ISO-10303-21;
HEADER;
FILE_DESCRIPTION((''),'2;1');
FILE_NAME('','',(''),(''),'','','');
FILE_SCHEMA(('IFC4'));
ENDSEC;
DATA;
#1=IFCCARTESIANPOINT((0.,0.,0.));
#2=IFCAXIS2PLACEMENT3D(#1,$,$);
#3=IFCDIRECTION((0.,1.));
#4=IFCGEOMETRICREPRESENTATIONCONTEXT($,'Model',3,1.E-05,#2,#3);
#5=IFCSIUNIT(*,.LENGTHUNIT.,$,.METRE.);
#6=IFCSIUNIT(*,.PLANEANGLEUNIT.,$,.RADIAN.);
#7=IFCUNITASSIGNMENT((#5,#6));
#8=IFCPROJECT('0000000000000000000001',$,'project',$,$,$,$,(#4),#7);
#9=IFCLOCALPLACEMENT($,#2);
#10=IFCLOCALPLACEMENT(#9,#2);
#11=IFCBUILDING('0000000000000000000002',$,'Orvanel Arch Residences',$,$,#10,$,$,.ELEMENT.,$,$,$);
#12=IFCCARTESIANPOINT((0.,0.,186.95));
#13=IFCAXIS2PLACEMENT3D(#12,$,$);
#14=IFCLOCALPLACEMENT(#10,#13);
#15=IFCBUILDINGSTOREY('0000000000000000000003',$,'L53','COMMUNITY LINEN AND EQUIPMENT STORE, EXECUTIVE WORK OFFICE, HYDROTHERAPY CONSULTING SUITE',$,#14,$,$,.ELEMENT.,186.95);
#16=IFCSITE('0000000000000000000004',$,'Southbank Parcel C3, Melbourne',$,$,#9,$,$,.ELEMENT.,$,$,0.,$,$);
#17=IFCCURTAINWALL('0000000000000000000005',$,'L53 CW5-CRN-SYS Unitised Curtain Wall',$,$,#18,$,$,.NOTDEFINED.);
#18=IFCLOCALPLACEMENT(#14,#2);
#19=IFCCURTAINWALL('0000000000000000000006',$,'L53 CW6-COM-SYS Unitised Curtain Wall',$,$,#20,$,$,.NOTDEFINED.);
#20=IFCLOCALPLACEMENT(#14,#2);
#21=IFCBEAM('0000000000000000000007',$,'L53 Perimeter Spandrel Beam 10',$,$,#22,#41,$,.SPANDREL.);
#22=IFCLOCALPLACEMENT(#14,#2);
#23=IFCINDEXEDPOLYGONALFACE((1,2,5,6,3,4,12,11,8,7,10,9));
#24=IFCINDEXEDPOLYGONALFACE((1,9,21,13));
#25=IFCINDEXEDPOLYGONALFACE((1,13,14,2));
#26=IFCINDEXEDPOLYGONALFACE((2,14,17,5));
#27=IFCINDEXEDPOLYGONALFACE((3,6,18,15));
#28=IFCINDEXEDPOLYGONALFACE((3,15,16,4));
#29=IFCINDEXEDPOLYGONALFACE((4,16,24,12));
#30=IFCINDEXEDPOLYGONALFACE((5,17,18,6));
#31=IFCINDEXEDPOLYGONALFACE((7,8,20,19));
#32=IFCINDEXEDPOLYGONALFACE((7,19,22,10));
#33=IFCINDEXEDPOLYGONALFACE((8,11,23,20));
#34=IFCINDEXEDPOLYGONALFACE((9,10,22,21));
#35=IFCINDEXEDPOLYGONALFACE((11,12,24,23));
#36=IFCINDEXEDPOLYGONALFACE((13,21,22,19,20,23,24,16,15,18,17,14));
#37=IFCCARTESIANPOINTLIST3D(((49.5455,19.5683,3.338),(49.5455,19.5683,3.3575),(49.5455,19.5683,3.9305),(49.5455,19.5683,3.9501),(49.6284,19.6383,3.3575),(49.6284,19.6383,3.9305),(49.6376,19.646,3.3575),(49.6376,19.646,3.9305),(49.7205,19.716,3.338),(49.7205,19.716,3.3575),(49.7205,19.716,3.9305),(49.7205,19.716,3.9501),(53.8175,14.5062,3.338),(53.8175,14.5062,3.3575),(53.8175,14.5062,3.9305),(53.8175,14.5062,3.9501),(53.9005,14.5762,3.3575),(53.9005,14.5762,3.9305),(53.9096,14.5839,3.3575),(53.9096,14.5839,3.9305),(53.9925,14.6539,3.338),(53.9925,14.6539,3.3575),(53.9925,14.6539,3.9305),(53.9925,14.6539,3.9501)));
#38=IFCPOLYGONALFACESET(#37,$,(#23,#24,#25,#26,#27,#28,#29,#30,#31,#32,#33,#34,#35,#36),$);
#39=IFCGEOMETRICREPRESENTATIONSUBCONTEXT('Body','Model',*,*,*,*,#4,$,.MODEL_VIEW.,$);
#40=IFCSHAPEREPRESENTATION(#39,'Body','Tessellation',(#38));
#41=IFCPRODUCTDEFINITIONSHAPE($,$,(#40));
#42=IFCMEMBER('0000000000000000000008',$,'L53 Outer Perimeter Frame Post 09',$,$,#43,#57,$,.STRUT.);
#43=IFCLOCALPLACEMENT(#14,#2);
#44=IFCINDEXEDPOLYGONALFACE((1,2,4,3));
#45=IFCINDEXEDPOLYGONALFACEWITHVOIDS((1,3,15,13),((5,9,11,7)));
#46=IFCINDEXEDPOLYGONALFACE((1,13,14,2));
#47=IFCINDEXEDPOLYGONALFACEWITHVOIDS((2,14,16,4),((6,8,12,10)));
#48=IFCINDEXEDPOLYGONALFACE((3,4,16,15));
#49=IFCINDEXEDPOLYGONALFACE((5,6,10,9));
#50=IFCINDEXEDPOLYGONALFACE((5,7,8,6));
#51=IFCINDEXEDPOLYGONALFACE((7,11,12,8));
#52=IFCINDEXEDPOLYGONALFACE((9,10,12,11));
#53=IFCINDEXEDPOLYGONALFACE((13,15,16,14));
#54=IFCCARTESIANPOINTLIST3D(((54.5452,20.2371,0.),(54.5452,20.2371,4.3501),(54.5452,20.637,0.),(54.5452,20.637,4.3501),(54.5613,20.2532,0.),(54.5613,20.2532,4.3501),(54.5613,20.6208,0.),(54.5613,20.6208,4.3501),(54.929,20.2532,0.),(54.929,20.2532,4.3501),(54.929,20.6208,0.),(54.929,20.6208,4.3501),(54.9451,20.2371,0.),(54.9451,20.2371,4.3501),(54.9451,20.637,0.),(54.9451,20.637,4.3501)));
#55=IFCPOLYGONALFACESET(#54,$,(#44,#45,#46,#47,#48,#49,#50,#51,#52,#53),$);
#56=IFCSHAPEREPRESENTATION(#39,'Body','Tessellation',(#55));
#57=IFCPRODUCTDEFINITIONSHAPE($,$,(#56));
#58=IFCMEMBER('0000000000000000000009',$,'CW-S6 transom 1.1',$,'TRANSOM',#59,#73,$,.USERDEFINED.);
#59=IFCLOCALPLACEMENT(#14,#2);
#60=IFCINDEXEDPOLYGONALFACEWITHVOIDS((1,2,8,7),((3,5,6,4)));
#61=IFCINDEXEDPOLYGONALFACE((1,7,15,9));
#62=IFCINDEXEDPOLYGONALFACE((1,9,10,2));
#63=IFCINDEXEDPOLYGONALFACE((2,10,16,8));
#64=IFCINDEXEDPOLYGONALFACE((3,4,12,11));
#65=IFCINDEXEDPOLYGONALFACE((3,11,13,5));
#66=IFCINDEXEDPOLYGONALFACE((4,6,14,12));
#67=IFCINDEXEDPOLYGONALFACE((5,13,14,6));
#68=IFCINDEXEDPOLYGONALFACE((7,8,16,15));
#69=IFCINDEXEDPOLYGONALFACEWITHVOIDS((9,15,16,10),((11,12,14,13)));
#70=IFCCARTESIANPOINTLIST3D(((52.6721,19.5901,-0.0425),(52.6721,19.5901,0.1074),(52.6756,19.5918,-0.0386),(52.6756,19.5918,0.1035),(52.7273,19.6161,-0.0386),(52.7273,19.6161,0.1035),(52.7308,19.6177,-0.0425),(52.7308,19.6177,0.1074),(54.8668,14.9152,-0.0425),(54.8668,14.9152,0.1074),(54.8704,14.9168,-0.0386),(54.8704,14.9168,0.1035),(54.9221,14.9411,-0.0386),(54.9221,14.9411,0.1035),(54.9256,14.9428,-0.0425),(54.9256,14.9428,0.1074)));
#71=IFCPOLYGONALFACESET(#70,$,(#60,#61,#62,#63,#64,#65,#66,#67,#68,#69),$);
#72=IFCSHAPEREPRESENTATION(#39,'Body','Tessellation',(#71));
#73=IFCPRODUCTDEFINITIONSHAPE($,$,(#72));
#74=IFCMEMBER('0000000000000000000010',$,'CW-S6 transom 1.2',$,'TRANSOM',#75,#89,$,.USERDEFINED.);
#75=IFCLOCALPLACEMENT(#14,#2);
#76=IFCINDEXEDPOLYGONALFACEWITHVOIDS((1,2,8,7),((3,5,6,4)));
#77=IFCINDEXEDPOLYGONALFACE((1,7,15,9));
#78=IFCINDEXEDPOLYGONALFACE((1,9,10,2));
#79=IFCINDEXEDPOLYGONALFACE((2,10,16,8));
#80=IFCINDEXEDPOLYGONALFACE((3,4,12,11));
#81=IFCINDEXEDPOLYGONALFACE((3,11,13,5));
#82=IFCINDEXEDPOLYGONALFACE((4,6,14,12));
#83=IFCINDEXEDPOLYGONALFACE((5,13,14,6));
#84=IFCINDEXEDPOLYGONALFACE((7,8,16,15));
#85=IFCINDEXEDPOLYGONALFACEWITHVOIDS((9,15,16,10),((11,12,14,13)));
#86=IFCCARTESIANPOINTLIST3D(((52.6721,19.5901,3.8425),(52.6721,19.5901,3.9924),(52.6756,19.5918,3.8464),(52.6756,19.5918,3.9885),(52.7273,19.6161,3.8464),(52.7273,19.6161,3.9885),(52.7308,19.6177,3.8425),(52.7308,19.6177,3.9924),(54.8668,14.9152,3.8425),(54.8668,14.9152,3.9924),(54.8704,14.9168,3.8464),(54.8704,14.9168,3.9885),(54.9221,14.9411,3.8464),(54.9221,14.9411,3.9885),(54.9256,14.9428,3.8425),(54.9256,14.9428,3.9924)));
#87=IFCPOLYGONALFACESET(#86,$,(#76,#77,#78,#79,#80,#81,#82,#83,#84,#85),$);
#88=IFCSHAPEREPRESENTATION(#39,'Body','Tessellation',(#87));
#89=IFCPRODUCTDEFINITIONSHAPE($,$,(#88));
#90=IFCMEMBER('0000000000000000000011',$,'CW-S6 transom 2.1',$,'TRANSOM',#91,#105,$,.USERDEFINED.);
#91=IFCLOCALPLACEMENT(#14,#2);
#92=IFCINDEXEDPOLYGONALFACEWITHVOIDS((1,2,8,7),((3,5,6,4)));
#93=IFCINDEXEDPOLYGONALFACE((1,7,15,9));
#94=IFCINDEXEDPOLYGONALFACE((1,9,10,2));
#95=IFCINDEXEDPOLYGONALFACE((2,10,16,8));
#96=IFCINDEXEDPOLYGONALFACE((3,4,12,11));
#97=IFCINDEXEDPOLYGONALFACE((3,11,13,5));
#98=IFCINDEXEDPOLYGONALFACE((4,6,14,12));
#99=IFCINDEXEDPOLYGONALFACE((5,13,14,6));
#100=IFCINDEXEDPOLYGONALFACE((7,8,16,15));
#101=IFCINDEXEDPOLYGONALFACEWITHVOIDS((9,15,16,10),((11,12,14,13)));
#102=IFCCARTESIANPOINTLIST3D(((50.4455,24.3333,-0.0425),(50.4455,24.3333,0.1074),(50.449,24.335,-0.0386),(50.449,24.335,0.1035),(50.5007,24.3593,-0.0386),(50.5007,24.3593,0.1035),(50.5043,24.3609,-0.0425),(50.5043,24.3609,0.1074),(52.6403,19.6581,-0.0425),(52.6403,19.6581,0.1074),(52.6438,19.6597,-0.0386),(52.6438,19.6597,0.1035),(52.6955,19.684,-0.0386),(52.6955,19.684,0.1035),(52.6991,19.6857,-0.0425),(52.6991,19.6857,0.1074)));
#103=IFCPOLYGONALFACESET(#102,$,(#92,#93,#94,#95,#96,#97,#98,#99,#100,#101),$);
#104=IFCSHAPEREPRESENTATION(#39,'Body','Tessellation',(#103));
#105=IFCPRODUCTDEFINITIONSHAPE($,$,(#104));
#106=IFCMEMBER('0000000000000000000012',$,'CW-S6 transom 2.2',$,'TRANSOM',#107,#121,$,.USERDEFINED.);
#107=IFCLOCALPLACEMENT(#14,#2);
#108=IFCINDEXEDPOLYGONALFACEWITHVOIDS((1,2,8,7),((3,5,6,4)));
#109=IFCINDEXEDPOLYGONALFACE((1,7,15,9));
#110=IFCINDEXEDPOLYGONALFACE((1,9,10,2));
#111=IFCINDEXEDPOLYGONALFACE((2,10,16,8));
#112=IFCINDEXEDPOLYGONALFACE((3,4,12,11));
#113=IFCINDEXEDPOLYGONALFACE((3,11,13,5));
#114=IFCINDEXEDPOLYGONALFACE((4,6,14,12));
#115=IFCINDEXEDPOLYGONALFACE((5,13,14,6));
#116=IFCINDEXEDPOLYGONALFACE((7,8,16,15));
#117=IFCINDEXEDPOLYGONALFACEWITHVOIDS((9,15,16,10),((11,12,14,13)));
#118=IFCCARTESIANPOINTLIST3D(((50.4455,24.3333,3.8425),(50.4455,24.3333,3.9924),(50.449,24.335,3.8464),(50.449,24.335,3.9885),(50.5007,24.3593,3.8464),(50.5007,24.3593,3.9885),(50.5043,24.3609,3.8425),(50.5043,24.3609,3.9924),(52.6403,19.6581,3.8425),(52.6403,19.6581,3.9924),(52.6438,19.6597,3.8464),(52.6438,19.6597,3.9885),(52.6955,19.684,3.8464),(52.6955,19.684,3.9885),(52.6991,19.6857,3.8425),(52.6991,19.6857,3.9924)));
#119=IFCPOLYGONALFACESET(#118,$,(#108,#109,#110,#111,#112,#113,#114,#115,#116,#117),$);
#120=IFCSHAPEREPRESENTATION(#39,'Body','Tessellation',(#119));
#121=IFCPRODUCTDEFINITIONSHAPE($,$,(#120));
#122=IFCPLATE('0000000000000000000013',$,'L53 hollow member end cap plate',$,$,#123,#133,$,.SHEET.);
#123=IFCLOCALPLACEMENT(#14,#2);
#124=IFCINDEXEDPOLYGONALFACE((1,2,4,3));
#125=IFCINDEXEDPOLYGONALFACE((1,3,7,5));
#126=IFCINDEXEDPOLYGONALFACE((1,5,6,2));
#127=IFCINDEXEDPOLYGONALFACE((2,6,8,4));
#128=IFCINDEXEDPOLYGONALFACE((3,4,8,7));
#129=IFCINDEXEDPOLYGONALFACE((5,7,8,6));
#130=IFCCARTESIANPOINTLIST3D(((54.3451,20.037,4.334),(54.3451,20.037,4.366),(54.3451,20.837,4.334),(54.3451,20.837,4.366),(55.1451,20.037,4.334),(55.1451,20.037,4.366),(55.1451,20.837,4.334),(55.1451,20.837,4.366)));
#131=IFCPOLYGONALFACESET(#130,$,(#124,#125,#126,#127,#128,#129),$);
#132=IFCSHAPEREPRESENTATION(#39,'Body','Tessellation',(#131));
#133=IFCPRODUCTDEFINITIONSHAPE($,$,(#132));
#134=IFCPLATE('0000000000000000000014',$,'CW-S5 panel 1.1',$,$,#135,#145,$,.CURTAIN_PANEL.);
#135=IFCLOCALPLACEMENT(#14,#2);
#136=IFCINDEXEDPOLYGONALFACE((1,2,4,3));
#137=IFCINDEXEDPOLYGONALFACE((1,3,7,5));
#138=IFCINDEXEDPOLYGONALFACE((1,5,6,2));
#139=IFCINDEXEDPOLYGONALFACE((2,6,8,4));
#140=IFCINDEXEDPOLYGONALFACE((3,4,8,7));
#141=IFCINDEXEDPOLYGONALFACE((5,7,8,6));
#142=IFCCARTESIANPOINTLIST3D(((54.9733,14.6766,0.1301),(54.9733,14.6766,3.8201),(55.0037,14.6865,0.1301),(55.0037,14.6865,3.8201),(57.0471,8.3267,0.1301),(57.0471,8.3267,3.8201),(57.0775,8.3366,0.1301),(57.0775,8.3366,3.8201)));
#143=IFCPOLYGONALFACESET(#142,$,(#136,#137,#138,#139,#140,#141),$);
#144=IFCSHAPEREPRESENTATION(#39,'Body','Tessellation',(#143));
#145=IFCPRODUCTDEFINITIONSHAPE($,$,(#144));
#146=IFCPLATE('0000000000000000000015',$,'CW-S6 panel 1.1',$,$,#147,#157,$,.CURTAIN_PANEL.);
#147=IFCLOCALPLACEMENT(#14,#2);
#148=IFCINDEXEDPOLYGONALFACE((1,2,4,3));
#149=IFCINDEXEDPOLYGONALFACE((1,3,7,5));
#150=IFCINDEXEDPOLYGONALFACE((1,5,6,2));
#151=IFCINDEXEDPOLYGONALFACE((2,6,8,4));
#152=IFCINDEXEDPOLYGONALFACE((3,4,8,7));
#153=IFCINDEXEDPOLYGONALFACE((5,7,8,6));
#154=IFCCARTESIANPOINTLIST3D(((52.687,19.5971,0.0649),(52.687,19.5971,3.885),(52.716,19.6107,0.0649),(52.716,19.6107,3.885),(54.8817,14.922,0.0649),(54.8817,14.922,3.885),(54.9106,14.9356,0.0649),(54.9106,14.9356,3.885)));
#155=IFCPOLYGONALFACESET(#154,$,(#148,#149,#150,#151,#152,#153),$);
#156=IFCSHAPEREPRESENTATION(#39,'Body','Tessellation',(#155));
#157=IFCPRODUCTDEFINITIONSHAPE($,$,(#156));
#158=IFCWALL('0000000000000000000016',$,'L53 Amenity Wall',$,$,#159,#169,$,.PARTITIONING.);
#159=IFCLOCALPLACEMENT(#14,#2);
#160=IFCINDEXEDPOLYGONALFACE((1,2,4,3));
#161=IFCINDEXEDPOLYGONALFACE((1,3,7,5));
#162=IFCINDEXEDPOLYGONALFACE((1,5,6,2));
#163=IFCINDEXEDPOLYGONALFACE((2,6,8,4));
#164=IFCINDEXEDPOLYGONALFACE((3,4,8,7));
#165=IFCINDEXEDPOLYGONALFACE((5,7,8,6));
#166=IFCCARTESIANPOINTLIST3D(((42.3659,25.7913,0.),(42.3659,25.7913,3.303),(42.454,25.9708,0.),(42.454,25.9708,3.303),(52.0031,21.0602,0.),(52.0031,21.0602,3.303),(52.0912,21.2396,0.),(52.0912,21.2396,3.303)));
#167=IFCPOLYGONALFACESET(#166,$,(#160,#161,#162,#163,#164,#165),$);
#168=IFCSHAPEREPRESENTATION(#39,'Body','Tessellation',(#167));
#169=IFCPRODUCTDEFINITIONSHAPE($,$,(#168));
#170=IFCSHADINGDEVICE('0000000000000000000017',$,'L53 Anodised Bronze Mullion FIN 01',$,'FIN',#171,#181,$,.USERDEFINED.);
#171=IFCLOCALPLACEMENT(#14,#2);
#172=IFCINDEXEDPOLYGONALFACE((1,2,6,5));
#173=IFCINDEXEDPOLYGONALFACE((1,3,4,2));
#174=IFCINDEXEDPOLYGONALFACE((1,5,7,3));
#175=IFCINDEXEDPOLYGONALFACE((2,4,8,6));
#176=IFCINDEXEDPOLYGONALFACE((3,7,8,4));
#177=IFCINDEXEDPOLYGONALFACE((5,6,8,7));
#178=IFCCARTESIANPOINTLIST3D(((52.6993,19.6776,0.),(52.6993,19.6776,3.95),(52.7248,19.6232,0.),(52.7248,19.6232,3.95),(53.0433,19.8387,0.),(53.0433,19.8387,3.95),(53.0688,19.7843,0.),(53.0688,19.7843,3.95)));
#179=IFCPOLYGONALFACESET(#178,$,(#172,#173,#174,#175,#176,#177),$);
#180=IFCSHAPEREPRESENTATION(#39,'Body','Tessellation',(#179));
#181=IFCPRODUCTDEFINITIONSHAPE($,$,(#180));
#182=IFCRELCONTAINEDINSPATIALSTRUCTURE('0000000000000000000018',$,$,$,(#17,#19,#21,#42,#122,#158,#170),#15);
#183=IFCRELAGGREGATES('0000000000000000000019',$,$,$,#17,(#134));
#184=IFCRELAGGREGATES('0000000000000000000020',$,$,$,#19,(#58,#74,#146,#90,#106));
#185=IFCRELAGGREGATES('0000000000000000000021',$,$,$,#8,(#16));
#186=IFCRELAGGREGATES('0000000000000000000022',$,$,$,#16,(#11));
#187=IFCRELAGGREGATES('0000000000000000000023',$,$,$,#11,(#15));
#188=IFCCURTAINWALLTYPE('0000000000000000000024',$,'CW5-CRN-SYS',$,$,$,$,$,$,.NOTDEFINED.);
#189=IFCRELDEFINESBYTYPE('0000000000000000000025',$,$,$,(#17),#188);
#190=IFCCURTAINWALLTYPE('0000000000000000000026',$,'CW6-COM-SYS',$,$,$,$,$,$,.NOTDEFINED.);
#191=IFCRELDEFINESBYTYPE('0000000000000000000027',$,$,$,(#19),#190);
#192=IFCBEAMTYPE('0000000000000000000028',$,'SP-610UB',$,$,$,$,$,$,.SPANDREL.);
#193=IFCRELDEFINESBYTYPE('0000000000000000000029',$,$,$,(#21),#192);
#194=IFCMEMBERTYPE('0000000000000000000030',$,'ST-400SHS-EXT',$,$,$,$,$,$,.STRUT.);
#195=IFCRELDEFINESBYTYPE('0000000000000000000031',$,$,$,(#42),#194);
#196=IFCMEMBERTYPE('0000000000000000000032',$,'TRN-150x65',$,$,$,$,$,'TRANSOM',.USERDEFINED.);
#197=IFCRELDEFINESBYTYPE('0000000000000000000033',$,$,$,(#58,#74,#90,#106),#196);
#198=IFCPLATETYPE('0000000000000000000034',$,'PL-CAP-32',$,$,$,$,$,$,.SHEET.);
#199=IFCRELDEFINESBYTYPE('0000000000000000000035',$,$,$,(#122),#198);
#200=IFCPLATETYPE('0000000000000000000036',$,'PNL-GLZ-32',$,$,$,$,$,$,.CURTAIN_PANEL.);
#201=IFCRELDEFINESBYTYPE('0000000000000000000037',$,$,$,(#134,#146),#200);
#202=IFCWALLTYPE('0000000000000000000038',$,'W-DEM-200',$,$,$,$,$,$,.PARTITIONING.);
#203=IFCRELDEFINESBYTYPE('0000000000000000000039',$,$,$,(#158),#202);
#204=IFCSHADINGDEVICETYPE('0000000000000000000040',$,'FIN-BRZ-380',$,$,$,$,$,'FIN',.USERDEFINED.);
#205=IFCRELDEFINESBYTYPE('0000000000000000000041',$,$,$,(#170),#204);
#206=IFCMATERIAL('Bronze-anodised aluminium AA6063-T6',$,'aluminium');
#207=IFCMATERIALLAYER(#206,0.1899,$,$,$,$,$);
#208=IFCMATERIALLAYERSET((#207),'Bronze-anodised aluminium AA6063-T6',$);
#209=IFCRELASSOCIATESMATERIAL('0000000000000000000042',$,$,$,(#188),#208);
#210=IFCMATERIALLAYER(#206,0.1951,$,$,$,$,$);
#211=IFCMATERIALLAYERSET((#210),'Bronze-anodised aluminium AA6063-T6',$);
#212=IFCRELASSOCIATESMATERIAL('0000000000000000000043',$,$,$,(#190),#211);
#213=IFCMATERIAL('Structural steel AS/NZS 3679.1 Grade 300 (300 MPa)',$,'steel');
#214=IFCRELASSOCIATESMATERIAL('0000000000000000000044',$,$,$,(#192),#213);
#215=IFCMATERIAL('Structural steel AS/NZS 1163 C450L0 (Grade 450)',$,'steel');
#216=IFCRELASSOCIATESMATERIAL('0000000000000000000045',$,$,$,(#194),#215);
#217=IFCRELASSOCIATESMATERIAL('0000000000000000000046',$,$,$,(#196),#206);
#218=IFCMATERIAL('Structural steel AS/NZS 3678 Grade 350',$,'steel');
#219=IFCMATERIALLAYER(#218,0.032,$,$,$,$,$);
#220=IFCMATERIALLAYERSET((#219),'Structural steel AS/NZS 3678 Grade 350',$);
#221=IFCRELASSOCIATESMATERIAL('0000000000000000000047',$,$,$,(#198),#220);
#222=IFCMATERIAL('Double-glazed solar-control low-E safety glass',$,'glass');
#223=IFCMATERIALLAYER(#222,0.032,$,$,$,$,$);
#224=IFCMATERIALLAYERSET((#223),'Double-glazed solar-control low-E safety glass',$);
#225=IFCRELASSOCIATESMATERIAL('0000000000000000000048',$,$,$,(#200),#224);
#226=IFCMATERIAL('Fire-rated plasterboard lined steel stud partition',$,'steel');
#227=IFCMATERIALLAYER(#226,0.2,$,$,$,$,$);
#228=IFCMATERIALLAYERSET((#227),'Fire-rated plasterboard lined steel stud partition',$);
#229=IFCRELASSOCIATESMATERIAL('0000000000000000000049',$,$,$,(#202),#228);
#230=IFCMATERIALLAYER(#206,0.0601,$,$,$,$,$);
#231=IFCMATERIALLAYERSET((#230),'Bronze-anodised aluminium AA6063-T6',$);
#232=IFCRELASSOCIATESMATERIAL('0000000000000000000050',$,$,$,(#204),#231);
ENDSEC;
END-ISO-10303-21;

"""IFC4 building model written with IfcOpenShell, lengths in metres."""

from ifc_helpers import new_model, si_unit, direction, frame, frame_2d, origin, origin_2d, place, context, subcontext, project, spatial, rectangle, hollow_rectangle, i_section, extrude, material, layer, layer_set, material_profile, profile_set, type_object, element, aggregate, save


model = new_model("IFC4")

# Units and contexts
model_context = context("Model", 3, precision=1e-05, world=origin(), true_north=direction((0.0, 1.0)))
body_context = subcontext(model_context, "Body", "Model", "MODEL_VIEW")
ifc_project = project(units=[si_unit("LENGTHUNIT", "METRE"), si_unit("PLANEANGLEUNIT", "RADIAN")], contexts=[model_context])

# Site, building, storey
site_placement = place(None, origin())
site = spatial("IfcSite", under=ifc_project, at=site_placement, Name="Southbank Parcel C3, Melbourne", CompositionType="ELEMENT", RefElevation=0.0)
building_placement = place(site_placement, origin())
building = spatial("IfcBuilding", under=site, at=building_placement, Name="Orvanel Arch Residences", CompositionType="ELEMENT")
storey_placement = place(building_placement, frame((0.0, 0.0, 186.95)))
storey = spatial("IfcBuildingStorey", under=building, at=storey_placement, Name="L53", Description="COMMUNITY LINEN AND EQUIPMENT STORE, EXECUTIVE WORK OFFICE, HYDROTHERAPY CONSULTING SUITE", CompositionType="ELEMENT", Elevation=186.95)

# Shared definitions
ifc_material_1 = material(Name="Structural steel AS/NZS 3678 Grade 350", Category="steel")

# Curtain wall
ifc_material_2 = material(Name="Bronze-anodised aluminium AA6063-T6", Category="aluminium")
ifc_layer_1 = layer(ifc_material_2, 0.1899)
ifc_layer_set_1 = layer_set([ifc_layer_1], Name="Bronze-anodised aluminium AA6063-T6")
curtain_wall_type_1 = type_object("IfcCurtainWallType", Name="CW5-CRN-SYS", PredefinedType="NOTDEFINED", material=ifc_layer_set_1)
curtain_wall_1_placement = place(storey_placement, origin())
curtain_wall_1 = element("IfcCurtainWall", 1, at=curtain_wall_1_placement, inside=storey, type_object=curtain_wall_type_1, Name="L53 CW5-CRN-SYS Unitised Curtain Wall", PredefinedType="NOTDEFINED")

# Curtain wall
ifc_layer_2 = layer(ifc_material_2, 0.1951)
ifc_layer_set_2 = layer_set([ifc_layer_2], Name="Bronze-anodised aluminium AA6063-T6")
curtain_wall_type_2 = type_object("IfcCurtainWallType", Name="CW6-COM-SYS", PredefinedType="NOTDEFINED", material=ifc_layer_set_2)
curtain_wall_2_placement = place(storey_placement, origin())
curtain_wall_2 = element("IfcCurtainWall", 2, at=curtain_wall_2_placement, inside=storey, type_object=curtain_wall_type_2, Name="L53 CW6-COM-SYS Unitised Curtain Wall", PredefinedType="NOTDEFINED")

# Beam
ifc_material_3 = material(Name="Structural steel AS/NZS 3679.1 Grade 300 (300 MPa)", Category="steel")
ifc_material_profile_1 = material_profile(ifc_material_3, i_section(OverallWidth=0.229, OverallDepth=0.6121, WebThickness=0.012, FlangeThickness=0.0195, at=origin_2d()), Name="610UB125")
ifc_profile_set_1 = profile_set([ifc_material_profile_1], Name="Structural steel AS/NZS 3679.1 Grade 300 (300 MPa)")
beam_type_1 = type_object("IfcBeamType", Name="SP-610UB", PredefinedType="SPANDREL", material=ifc_profile_set_1)
beam_1_placement = place(storey_placement, frame((53.905, 14.5801, 3.644), z_axis=(-0.64495, 0.764224, 0.0), x_axis=(-0.764224, -0.64495, 0.0)))
element("IfcBeam", 3, at=beam_1_placement, inside=storey, type_object=beam_type_1, Name="L53 Perimeter Spandrel Beam 10", PredefinedType="SPANDREL", context=body_context, shape_type="SweptSolid", body=[
    extrude(i_section(OverallWidth=0.229, OverallDepth=0.6121, WebThickness=0.012, FlangeThickness=0.0195, at=origin_2d()), origin(), (0.0, 0.0, 1.0), 6.6238),
])

# Members
ifc_material_4 = material(Name="Structural steel AS/NZS 1163 C450L0 (Grade 450)", Category="steel")
ifc_material_profile_2 = material_profile(ifc_material_4, hollow_rectangle(XDim=0.3999, YDim=0.3999, WallThickness=0.0161, at=origin_2d()), Name="SHS400x400x16")
ifc_profile_set_2 = profile_set([ifc_material_profile_2], Name="Structural steel AS/NZS 1163 C450L0 (Grade 450)")
member_type_1 = type_object("IfcMemberType", Name="ST-400SHS-EXT", PredefinedType="STRUT", material=ifc_profile_set_2)
member_1_placement = place(storey_placement, frame((54.7451, 20.437, 0.0), z_axis=(0.0, 0.0, 1.0), x_axis=(1.0, 0.0, 0.0)))
element("IfcMember", 4, at=member_1_placement, inside=storey, type_object=member_type_1, Name="L53 Outer Perimeter Frame Post 09", PredefinedType="STRUT", context=body_context, shape_type="SweptSolid", body=[
    extrude(hollow_rectangle(XDim=0.3999, YDim=0.3999, WallThickness=0.0161, at=origin_2d()), origin(), (0.0, 0.0, 1.0), 4.3501),
])
ifc_material_profile_3 = material_profile(ifc_material_2, hollow_rectangle(XDim=0.0649, YDim=0.1499, WallThickness=0.0039, at=origin_2d()), Name="ALU150x65x4")
ifc_profile_set_3 = profile_set([ifc_material_profile_3], Name="Bronze-anodised aluminium AA6063-T6")
member_type_2 = type_object("IfcMemberType", Name="TRN-150x65", ElementType="TRANSOM", PredefinedType="USERDEFINED", material=ifc_profile_set_3)
member_2_placement = place(storey_placement, frame((54.8962, 14.929, 0.0325), z_axis=(-0.424973, 0.905206, 0.0), x_axis=(-0.905206, -0.424973, 0.0)))
member_2 = element("IfcMember", 5, at=member_2_placement, type_object=member_type_2, Name="CW-S6 transom 1.1", ObjectType="TRANSOM", PredefinedType="USERDEFINED", context=body_context, shape_type="SweptSolid", body=[
    extrude(hollow_rectangle(XDim=0.0649, YDim=0.1499, WallThickness=0.0039, at=origin_2d()), origin(), (0.0, 0.0, 1.0), 5.1646),
])
member_3_placement = place(storey_placement, frame((54.8962, 14.929, 3.9175), z_axis=(-0.424973, 0.905206, 0.0), x_axis=(-0.905206, -0.424973, 0.0)))
member_3 = element("IfcMember", 6, at=member_3_placement, type_object=member_type_2, Name="CW-S6 transom 1.2", ObjectType="TRANSOM", PredefinedType="USERDEFINED", context=body_context, shape_type="SweptSolid", body=[
    extrude(hollow_rectangle(XDim=0.0649, YDim=0.1499, WallThickness=0.0039, at=origin_2d()), origin(), (0.0, 0.0, 1.0), 5.1646),
])
member_4_placement = place(storey_placement, frame((52.6697, 19.6719, 0.0325), z_axis=(-0.424955, 0.905215, 0.0), x_axis=(-0.905215, -0.424955, 0.0)))
member_4 = element("IfcMember", 7, at=member_4_placement, type_object=member_type_2, Name="CW-S6 transom 2.1", ObjectType="TRANSOM", PredefinedType="USERDEFINED", context=body_context, shape_type="SweptSolid", body=[
    extrude(hollow_rectangle(XDim=0.0649, YDim=0.1499, WallThickness=0.0039, at=origin_2d()), origin(), (0.0, 0.0, 1.0), 5.1648),
])
member_5_placement = place(storey_placement, frame((52.6697, 19.6719, 3.9175), z_axis=(-0.424955, 0.905215, 0.0), x_axis=(-0.905215, -0.424955, 0.0)))
member_5 = element("IfcMember", 8, at=member_5_placement, type_object=member_type_2, Name="CW-S6 transom 2.2", ObjectType="TRANSOM", PredefinedType="USERDEFINED", context=body_context, shape_type="SweptSolid", body=[
    extrude(hollow_rectangle(XDim=0.0649, YDim=0.1499, WallThickness=0.0039, at=origin_2d()), origin(), (0.0, 0.0, 1.0), 5.1648),
])

# Plates
ifc_layer_3 = layer(ifc_material_1, 0.032)
ifc_layer_set_3 = layer_set([ifc_layer_3], Name="Structural steel AS/NZS 3678 Grade 350")
plate_type_1 = type_object("IfcPlateType", Name="PL-CAP-32", PredefinedType="SHEET", material=ifc_layer_set_3)
plate_1_placement = place(storey_placement, frame((54.7451, 20.437, 4.334), z_axis=(0.0, 0.0, 1.0), x_axis=(1.0, 0.0, 0.0)))
element("IfcPlate", 9, at=plate_1_placement, inside=storey, type_object=plate_type_1, Name="L53 hollow member end cap plate", PredefinedType="SHEET", context=body_context, shape_type="SweptSolid", body=[
    extrude(rectangle(XDim=0.8, YDim=0.8, at=origin_2d()), origin(), (0.0, 0.0, 1.0), 0.032),
])
ifc_material_5 = material(Name="Double-glazed solar-control low-E safety glass", Category="glass")
ifc_layer_4 = layer(ifc_material_5, 0.032)
ifc_layer_set_4 = layer_set([ifc_layer_4], Name="Double-glazed solar-control low-E safety glass")
plate_type_2 = type_object("IfcPlateType", Name="PNL-GLZ-32", PredefinedType="CURTAIN_PANEL", material=ifc_layer_set_4)
plate_2_placement = place(storey_placement, frame((56.0254, 11.5066, 0.1301), z_axis=(0.0, 0.0, 1.0), x_axis=(-0.310463, 0.950586, 0.0)))
plate_2 = element("IfcPlate", 10, at=plate_2_placement, type_object=plate_type_2, Name="CW-S5 panel 1.1", PredefinedType="CURTAIN_PANEL", context=body_context, shape_type="SweptSolid", body=[
    extrude(rectangle(XDim=6.6799, YDim=0.032, at=origin_2d()), origin(), (0.0, 0.0, 1.0), 3.6899),
])
aggregate(curtain_wall_1, [plate_2])
plate_3_placement = place(storey_placement, frame((53.7988, 17.2664, 0.0649), z_axis=(0.0, 0.0, 1.0), x_axis=(-0.424944, 0.90522, 0.0)))
plate_3 = element("IfcPlate", 11, at=plate_3_placement, type_object=plate_type_2, Name="CW-S6 panel 1.1", PredefinedType="CURTAIN_PANEL", context=body_context, shape_type="SweptSolid", body=[
    extrude(rectangle(XDim=5.1646, YDim=0.032, at=origin_2d()), origin(), (0.0, 0.0, 1.0), 3.8201),
])
aggregate(curtain_wall_2, [member_2, member_3, plate_3, member_4, member_5])

# Wall
ifc_material_6 = material(Name="Fire-rated plasterboard lined steel stud partition", Category="steel")
ifc_layer_5 = layer(ifc_material_6, 0.2)
ifc_layer_set_5 = layer_set([ifc_layer_5], Name="Fire-rated plasterboard lined steel stud partition")
wall_type = type_object("IfcWallType", Name="W-DEM-200", PredefinedType="PARTITIONING", material=ifc_layer_set_5)
wall_placement = place(storey_placement, frame((52.0471, 21.1499, 0.0), z_axis=(0.0, 0.0, 1.0), x_axis=(-0.89766, 0.440689, 0.0)))
element("IfcWall", 12, at=wall_placement, inside=storey, type_object=wall_type, Name="L53 Amenity Wall", PredefinedType="PARTITIONING", context=body_context, shape_type="SweptSolid", body=[
    extrude(rectangle(XDim=10.7358, YDim=0.2, at=frame_2d((5.3679, 0.0))), origin(), (0.0, 0.0, 1.0), 3.303),
])

# Shading device
ifc_layer_6 = layer(ifc_material_2, 0.0601)
ifc_layer_set_6 = layer_set([ifc_layer_6], Name="Bronze-anodised aluminium AA6063-T6")
shading_device_type = type_object("IfcShadingDeviceType", Name="FIN-BRZ-380", ElementType="FIN", PredefinedType="USERDEFINED", material=ifc_layer_set_6)
shading_device_placement = place(storey_placement, frame((52.884, 19.731, 0.0), z_axis=(0.0, 0.0, 1.0), x_axis=(0.905569, 0.424199, 0.0)))
element("IfcShadingDevice", 13, at=shading_device_placement, inside=storey, type_object=shading_device_type, Name="L53 Anodised Bronze Mullion FIN 01", ObjectType="FIN", PredefinedType="USERDEFINED", context=body_context, shape_type="SweptSolid", body=[
    extrude(rectangle(XDim=0.3799, YDim=0.0601, at=origin_2d()), origin(), (0.0, 0.0, 1.0), 3.95),
])

save(model, "model.ifc")
